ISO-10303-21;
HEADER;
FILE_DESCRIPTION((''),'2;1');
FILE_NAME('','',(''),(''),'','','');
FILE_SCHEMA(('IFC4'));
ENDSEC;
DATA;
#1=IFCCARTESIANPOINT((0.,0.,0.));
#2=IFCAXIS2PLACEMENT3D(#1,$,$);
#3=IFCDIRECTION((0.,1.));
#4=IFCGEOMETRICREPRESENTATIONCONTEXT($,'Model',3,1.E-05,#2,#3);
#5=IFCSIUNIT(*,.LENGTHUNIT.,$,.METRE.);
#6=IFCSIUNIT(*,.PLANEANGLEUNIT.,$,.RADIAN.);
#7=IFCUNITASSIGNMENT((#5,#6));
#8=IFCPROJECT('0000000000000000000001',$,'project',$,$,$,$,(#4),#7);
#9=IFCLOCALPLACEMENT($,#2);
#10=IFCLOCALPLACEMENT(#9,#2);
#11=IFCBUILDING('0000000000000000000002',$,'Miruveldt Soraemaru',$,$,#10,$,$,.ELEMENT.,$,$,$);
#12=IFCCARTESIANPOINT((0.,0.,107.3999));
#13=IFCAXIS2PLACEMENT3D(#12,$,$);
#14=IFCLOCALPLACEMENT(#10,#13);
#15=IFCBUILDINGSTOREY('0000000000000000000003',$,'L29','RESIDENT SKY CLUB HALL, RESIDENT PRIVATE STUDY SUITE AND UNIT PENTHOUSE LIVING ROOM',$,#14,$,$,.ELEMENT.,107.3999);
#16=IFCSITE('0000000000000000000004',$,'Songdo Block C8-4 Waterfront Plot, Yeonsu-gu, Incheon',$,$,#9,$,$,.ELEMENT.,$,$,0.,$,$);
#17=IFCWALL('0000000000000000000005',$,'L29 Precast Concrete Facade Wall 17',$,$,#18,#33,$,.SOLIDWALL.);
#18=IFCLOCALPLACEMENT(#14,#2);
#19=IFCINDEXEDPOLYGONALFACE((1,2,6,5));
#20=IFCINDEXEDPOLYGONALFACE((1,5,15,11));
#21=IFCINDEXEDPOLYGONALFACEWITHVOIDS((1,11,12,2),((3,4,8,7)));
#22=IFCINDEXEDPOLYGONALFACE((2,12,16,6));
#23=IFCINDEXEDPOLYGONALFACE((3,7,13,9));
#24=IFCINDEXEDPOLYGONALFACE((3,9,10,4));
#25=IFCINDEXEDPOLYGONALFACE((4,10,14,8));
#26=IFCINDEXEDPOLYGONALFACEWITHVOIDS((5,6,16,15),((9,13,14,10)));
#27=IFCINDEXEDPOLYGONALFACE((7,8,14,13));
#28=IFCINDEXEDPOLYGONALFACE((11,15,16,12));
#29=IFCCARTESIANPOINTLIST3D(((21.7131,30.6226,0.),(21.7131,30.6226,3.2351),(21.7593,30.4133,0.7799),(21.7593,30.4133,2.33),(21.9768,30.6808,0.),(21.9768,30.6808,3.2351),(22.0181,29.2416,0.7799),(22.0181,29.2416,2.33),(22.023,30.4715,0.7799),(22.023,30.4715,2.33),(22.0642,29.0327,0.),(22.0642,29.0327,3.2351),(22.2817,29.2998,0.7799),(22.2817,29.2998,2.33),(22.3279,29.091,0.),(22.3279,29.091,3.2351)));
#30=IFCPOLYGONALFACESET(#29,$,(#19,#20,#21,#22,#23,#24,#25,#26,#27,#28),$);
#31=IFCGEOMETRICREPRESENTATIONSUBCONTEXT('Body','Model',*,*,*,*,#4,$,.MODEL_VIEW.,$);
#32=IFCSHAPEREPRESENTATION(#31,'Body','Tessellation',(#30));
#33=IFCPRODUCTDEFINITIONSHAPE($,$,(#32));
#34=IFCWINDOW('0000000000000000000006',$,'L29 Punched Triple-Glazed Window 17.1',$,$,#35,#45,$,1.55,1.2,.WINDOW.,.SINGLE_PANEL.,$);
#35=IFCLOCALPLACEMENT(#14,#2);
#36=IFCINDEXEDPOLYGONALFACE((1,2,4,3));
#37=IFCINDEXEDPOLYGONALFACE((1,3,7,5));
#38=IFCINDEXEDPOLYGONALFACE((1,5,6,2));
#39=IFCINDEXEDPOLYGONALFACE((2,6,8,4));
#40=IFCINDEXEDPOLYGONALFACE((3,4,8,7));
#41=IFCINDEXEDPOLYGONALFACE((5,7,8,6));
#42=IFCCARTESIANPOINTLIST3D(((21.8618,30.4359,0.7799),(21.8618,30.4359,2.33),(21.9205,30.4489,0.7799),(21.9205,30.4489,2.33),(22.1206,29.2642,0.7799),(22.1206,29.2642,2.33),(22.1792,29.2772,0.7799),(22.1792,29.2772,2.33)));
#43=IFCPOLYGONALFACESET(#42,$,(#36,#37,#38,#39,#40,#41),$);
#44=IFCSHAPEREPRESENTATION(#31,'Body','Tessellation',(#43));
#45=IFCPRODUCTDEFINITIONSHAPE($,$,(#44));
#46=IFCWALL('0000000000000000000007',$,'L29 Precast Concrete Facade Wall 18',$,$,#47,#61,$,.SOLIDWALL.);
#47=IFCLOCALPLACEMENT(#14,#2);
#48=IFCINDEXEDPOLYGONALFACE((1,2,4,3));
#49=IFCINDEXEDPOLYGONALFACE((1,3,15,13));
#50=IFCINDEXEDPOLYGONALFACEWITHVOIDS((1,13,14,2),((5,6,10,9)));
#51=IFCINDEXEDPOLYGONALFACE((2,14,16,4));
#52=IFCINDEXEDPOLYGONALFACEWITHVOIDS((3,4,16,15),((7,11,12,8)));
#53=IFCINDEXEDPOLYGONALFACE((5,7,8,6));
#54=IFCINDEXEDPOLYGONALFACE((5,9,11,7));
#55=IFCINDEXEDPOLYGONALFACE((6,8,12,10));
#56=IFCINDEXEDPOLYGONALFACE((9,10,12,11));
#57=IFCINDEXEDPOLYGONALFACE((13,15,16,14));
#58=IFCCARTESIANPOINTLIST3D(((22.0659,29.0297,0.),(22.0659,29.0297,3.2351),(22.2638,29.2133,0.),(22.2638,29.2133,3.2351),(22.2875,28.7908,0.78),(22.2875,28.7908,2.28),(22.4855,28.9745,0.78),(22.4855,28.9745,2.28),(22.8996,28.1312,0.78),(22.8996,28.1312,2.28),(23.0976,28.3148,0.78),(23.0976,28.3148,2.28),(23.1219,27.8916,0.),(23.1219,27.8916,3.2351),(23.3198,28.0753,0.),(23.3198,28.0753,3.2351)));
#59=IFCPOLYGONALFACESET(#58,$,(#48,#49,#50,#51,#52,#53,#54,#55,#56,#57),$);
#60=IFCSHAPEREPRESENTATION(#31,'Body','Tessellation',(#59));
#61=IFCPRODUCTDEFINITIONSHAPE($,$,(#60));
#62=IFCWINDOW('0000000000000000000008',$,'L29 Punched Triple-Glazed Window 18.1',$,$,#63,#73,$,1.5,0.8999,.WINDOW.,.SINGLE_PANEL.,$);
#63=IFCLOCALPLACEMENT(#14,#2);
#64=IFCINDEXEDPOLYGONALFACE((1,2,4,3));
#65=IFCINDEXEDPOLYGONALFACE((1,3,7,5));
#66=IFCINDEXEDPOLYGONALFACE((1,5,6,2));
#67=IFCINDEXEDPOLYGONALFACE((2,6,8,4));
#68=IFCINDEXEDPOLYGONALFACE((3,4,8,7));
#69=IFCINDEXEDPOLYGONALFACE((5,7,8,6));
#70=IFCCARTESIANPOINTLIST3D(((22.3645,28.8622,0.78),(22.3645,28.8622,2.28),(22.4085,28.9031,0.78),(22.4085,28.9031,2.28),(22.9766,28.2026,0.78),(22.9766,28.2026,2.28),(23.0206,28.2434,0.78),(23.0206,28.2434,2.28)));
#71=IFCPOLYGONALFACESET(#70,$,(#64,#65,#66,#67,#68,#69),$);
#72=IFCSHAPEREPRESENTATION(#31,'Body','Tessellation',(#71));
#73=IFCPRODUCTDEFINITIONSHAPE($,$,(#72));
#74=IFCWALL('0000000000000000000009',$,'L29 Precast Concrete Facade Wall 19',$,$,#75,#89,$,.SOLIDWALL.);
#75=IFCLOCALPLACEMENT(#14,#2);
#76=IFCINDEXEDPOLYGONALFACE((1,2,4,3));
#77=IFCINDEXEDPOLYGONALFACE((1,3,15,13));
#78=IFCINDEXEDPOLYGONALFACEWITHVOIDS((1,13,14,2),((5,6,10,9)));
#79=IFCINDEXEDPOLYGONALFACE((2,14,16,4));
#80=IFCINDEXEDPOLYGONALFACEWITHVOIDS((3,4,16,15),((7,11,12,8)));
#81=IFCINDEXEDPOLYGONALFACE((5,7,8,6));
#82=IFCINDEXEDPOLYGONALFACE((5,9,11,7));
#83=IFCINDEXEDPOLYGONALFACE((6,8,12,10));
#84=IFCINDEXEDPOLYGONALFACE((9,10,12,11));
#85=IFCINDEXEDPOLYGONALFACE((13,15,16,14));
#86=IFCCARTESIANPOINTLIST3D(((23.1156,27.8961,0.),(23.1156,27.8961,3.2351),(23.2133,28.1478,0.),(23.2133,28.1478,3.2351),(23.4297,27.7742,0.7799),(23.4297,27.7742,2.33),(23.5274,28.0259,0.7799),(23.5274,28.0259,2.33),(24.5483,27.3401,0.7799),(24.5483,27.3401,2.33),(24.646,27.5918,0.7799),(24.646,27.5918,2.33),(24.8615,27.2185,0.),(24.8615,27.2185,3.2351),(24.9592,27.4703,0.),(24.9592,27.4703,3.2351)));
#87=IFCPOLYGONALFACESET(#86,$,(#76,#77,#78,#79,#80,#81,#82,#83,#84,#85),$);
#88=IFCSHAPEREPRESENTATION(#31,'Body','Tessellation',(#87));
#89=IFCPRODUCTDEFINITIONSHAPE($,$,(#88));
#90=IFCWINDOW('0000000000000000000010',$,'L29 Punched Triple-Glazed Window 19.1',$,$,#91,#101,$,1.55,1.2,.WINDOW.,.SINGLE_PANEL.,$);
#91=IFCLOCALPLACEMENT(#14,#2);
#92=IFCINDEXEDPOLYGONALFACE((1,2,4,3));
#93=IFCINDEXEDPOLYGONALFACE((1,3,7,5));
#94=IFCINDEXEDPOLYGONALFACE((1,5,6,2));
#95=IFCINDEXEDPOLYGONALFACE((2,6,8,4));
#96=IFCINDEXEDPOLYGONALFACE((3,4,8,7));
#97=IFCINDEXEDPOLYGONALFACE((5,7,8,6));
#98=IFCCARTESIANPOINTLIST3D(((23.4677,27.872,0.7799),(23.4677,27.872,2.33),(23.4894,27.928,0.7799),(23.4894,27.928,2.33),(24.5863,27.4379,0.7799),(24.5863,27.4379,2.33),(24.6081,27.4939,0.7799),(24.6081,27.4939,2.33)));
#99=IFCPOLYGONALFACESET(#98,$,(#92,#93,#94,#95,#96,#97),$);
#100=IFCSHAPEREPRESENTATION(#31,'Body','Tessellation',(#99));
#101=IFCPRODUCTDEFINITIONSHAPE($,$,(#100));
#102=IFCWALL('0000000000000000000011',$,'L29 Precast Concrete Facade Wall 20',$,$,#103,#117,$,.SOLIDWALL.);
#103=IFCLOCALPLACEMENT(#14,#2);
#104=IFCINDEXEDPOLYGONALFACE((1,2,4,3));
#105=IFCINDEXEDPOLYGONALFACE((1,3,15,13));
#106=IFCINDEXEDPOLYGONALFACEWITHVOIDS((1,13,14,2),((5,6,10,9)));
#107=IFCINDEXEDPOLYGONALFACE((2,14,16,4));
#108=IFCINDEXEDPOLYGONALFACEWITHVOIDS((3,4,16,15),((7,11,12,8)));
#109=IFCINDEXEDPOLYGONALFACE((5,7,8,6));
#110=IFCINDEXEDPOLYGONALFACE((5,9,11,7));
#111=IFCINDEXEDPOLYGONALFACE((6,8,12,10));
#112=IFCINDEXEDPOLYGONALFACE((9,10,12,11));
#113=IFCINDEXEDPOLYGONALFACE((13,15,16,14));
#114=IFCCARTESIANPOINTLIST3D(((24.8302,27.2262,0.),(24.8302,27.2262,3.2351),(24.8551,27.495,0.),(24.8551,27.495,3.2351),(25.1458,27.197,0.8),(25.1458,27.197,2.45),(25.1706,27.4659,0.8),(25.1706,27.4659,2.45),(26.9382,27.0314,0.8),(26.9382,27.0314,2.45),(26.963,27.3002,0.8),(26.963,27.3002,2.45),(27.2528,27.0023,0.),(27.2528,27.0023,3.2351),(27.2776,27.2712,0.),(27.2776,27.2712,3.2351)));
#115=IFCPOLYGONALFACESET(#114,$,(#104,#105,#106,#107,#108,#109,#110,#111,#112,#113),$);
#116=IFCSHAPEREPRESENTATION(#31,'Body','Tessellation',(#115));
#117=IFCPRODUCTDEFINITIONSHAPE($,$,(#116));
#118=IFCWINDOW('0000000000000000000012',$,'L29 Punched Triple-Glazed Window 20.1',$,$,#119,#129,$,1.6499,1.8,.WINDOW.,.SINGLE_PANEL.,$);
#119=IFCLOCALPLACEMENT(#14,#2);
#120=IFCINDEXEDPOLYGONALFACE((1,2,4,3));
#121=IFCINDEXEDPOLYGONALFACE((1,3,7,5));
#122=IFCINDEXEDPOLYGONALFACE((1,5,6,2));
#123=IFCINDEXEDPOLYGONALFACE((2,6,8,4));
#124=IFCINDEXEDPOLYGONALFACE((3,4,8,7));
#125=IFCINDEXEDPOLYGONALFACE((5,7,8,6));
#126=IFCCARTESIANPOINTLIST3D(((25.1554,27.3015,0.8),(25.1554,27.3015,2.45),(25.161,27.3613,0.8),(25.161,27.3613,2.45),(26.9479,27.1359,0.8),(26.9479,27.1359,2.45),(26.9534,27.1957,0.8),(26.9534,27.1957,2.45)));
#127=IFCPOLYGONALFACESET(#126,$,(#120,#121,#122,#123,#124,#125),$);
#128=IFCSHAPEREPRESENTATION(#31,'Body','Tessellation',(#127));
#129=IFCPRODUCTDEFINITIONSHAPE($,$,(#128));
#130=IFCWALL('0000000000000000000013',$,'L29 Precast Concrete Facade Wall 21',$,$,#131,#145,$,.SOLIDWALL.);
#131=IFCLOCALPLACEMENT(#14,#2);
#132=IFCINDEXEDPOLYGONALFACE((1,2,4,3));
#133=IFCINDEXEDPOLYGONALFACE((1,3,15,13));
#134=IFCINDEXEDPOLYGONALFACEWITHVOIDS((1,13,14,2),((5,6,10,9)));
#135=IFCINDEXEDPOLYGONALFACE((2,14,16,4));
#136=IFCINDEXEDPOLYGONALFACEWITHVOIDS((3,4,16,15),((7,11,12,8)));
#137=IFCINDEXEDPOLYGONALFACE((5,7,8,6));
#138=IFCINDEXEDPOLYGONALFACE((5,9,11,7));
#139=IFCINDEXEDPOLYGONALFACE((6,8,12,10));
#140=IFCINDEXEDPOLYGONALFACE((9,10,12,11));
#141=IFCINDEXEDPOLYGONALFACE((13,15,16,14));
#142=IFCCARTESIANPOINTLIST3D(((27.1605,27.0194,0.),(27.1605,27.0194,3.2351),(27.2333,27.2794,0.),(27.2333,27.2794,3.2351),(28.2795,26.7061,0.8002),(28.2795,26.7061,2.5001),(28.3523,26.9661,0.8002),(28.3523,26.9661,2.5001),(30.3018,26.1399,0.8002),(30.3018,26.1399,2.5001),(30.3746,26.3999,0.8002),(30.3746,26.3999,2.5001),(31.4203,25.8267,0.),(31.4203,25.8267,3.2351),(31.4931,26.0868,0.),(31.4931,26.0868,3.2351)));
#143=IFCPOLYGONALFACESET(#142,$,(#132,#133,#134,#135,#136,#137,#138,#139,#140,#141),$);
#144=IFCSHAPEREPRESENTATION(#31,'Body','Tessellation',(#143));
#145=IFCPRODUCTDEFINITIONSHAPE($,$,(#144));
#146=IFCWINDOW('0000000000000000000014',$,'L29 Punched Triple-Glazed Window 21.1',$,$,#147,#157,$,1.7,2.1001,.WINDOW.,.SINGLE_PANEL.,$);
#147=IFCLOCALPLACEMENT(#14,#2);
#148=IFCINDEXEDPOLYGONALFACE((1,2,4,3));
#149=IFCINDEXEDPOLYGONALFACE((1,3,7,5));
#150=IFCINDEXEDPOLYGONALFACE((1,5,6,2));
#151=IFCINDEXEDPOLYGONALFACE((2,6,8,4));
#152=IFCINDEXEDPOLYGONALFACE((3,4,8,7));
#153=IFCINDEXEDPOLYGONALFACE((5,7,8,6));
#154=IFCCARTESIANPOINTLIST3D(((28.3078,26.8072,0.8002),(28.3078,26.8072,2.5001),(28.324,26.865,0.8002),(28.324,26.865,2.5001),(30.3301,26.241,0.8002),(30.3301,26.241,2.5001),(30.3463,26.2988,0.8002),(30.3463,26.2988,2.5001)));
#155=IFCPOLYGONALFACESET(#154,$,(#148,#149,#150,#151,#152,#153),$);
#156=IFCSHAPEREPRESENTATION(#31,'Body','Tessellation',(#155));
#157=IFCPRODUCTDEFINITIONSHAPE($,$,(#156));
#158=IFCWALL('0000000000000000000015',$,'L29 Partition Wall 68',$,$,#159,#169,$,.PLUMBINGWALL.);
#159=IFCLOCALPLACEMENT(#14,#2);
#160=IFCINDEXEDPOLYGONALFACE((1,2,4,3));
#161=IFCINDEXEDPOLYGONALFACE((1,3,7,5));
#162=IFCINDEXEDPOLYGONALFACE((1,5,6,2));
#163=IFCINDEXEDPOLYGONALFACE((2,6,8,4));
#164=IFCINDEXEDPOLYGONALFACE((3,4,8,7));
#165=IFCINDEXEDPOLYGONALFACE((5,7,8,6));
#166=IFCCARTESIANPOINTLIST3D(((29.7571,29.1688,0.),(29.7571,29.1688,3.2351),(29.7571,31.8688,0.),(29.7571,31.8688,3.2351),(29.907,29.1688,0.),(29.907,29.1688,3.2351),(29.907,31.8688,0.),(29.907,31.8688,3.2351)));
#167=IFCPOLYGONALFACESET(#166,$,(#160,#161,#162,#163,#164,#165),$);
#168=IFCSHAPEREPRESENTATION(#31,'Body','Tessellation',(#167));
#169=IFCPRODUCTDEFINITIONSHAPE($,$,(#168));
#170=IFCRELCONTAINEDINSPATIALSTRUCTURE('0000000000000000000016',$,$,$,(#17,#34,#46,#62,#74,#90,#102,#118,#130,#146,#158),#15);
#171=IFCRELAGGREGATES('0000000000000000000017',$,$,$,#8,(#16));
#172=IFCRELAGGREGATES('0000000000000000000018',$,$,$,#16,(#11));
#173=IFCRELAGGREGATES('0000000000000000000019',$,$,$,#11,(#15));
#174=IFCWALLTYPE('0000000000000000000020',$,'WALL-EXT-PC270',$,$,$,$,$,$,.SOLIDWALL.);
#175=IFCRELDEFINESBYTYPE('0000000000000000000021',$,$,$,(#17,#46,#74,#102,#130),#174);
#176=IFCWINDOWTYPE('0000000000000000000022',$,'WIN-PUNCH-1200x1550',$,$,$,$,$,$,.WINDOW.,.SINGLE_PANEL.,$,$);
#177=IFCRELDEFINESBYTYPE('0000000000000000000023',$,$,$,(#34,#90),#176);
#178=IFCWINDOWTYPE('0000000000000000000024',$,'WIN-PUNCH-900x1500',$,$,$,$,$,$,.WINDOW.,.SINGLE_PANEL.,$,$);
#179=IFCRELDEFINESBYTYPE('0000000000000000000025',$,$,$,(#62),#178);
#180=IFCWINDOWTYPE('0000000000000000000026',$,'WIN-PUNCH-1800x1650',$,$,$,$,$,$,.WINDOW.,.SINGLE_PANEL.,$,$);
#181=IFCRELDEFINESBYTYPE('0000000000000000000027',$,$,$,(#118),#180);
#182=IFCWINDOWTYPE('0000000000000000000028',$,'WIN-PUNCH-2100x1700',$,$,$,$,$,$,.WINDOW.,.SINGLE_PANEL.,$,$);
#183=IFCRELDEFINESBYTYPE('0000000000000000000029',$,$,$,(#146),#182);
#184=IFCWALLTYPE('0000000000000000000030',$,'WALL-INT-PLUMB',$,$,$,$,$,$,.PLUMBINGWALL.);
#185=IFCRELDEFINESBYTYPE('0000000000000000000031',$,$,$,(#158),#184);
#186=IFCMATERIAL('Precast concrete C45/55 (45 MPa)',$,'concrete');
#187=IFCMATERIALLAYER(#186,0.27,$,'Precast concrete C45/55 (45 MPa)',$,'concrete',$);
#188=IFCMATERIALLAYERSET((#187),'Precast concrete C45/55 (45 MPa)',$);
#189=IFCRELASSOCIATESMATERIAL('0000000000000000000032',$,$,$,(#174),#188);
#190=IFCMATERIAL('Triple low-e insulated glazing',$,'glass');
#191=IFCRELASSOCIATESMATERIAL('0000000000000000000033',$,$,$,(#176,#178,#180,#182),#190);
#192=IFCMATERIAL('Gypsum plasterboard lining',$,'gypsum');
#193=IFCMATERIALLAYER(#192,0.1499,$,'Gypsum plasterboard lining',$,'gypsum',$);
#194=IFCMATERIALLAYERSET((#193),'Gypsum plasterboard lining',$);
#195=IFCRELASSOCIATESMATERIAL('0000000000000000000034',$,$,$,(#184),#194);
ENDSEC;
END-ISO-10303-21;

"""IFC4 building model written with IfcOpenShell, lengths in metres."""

from ifc_helpers import new_model, si_unit, direction, frame, frame_2d, origin, place, context, subcontext, project, spatial, rectangle, extrude, material, layer, layer_set, type_object, element, fill, save


model = new_model("IFC4")

# Units and contexts
model_context = context("Model", 3, precision=1e-05, world=origin(), true_north=direction((0.0, 1.0)))
body_context = subcontext(model_context, "Body", "Model", "MODEL_VIEW")
ifc_project = project(units=[si_unit("LENGTHUNIT", "METRE"), si_unit("PLANEANGLEUNIT", "RADIAN")], contexts=[model_context])

# Site, building, storey
site_placement = place(None, origin())
site = spatial("IfcSite", under=ifc_project, at=site_placement, Name="Songdo Block C8-4 Waterfront Plot, Yeonsu-gu, Incheon", CompositionType="ELEMENT", RefElevation=0.0)
building_placement = place(site_placement, origin())
building = spatial("IfcBuilding", under=site, at=building_placement, Name="Miruveldt Soraemaru", CompositionType="ELEMENT")
storey_placement = place(building_placement, frame((0.0, 0.0, 107.3999)))
storey = spatial("IfcBuildingStorey", under=building, at=storey_placement, Name="L29", Description="RESIDENT SKY CLUB HALL, RESIDENT PRIVATE STUDY SUITE AND UNIT PENTHOUSE LIVING ROOM", CompositionType="ELEMENT", Elevation=107.3999)

# Walls, openings, windows
ifc_material_1 = material(Name="Precast concrete C45/55 (45 MPa)", Category="concrete")
ifc_layer_1 = layer(ifc_material_1, 0.27, Name="Precast concrete C45/55 (45 MPa)", Category="concrete")
ifc_layer_set_1 = layer_set([ifc_layer_1], Name="Precast concrete C45/55 (45 MPa)")
wall_type_1 = type_object("IfcWallType", Name="WALL-EXT-PC270", PredefinedType="SOLIDWALL", material=ifc_layer_set_1)
ifc_material_2 = material(Name="Triple low-e insulated glazing", Category="glass")
wall_1_placement = place(storey_placement, frame((21.845, 30.6516, 0.0), z_axis=(0.0, 0.0, 1.0), x_axis=(0.215628, -0.976476, 0.0)))
wall_1 = element("IfcWall", 1, at=wall_1_placement, inside=storey, type_object=wall_type_1, Name="L29 Precast Concrete Facade Wall 17", PredefinedType="SOLIDWALL", context=body_context, shape_type="SweptSolid", body=[
    extrude(rectangle(XDim=1.6282, YDim=0.27, at=frame_2d((0.814, 0.0))), origin(), (0.0, 0.0, 1.0), 3.2351),
])
opening_1_placement = place(wall_1_placement, frame((0.2141, 0.0, 0.78)))
opening_1 = element("IfcOpeningElement", 2, at=opening_1_placement, cuts=wall_1, PredefinedType="OPENING", context=body_context, shape_type="SweptSolid", body=[
    extrude(rectangle(XDim=1.2, YDim=1.55, at=frame_2d((0.6001, 0.7749))), frame((0.0, 0.145, 0.0), z_axis=(0.0, -1.0, 0.0), x_axis=(1.0, 0.0, 0.0)), (0.0, 0.0, 1.0), 0.29),
])
window_type_1 = type_object("IfcWindowType", Name="WIN-PUNCH-1200x1550", PartitioningType="SINGLE_PANEL", PredefinedType="WINDOW", material=ifc_material_2)
window_1_placement = place(opening_1_placement, origin())
window_1 = element("IfcWindow", 3, at=window_1_placement, inside=storey, type_object=window_type_1, Name="L29 Punched Triple-Glazed Window 17.1", OverallHeight=1.55, OverallWidth=1.2, PartitioningType="SINGLE_PANEL", PredefinedType="WINDOW", context=body_context, shape_type="SweptSolid", body=[
    extrude(rectangle(XDim=1.2, YDim=1.55, at=frame_2d((0.6001, 0.7749))), frame((0.0, 0.03, 0.0), z_axis=(0.0, -1.0, 0.0), x_axis=(1.0, 0.0, 0.0)), (0.0, 0.0, 1.0), 0.0601),
])
fill(opening_1, window_1)
wall_2_placement = place(storey_placement, frame((22.1648, 29.1216, 0.0), z_axis=(0.0, 0.0, 1.0), x_axis=(0.680192, -0.733034, 0.0)))
wall_2 = element("IfcWall", 4, at=wall_2_placement, inside=storey, type_object=wall_type_1, Name="L29 Precast Concrete Facade Wall 18", PredefinedType="SOLIDWALL", context=body_context, shape_type="SweptSolid", body=[
    extrude(rectangle(XDim=1.5525, YDim=0.27, at=frame_2d((0.7764, 0.0))), origin(), (0.0, 0.0, 1.0), 3.2351),
])
opening_2_placement = place(wall_2_placement, frame((0.3259, 0.0, 0.78)))
opening_2 = element("IfcOpeningElement", 5, at=opening_2_placement, cuts=wall_2, PredefinedType="OPENING", context=body_context, shape_type="SweptSolid", body=[
    extrude(rectangle(XDim=0.8999, YDim=1.5, at=frame_2d((0.45, 0.75))), frame((0.0, 0.145, 0.0), z_axis=(0.0, -1.0, 0.0), x_axis=(1.0, 0.0, 0.0)), (0.0, 0.0, 1.0), 0.29),
])
window_type_2 = type_object("IfcWindowType", Name="WIN-PUNCH-900x1500", PartitioningType="SINGLE_PANEL", PredefinedType="WINDOW", material=ifc_material_2)
window_2_placement = place(opening_2_placement, origin())
window_2 = element("IfcWindow", 6, at=window_2_placement, inside=storey, type_object=window_type_2, Name="L29 Punched Triple-Glazed Window 18.1", OverallHeight=1.5, OverallWidth=0.8999, PartitioningType="SINGLE_PANEL", PredefinedType="WINDOW", context=body_context, shape_type="SweptSolid", body=[
    extrude(rectangle(XDim=0.8999, YDim=1.5, at=frame_2d((0.45, 0.75))), frame((0.0, 0.03, 0.0), z_axis=(0.0, -1.0, 0.0), x_axis=(1.0, 0.0, 0.0)), (0.0, 0.0, 1.0), 0.0601),
])
fill(opening_2, window_2)
wall_3_placement = place(storey_placement, frame((23.1643, 28.022, 0.0), z_axis=(0.0, 0.0, 1.0), x_axis=(0.932266, -0.361773, 0.0)))
wall_3 = element("IfcWall", 7, at=wall_3_placement, inside=storey, type_object=wall_type_1, Name="L29 Precast Concrete Facade Wall 19", PredefinedType="SOLIDWALL", context=body_context, shape_type="SweptSolid", body=[
    extrude(rectangle(XDim=1.8728, YDim=0.27, at=frame_2d((0.9365, 0.0))), origin(), (0.0, 0.0, 1.0), 3.2351),
])
opening_3_placement = place(wall_3_placement, frame((0.3369, 0.0, 0.78)))
opening_3 = element("IfcOpeningElement", 8, at=opening_3_placement, cuts=wall_3, PredefinedType="OPENING", context=body_context, shape_type="SweptSolid", body=[
    extrude(rectangle(XDim=1.2, YDim=1.55, at=frame_2d((0.6001, 0.7749))), frame((0.0, 0.145, 0.0), z_axis=(0.0, -1.0, 0.0), x_axis=(1.0, 0.0, 0.0)), (0.0, 0.0, 1.0), 0.29),
])
window_3_placement = place(opening_3_placement, origin())
window_3 = element("IfcWindow", 9, at=window_3_placement, inside=storey, type_object=window_type_1, Name="L29 Punched Triple-Glazed Window 19.1", OverallHeight=1.55, OverallWidth=1.2, PartitioningType="SINGLE_PANEL", PredefinedType="WINDOW", context=body_context, shape_type="SweptSolid", body=[
    extrude(rectangle(XDim=1.2, YDim=1.55, at=frame_2d((0.6001, 0.7749))), frame((0.0, 0.03, 0.0), z_axis=(0.0, -1.0, 0.0), x_axis=(1.0, 0.0, 0.0)), (0.0, 0.0, 1.0), 0.0601),
])
fill(opening_3, window_3)
wall_4_placement = place(storey_placement, frame((24.8428, 27.3606, 0.0), z_axis=(0.0, 0.0, 1.0), x_axis=(0.995757, -0.092019, 0.0)))
wall_4 = element("IfcWall", 10, at=wall_4_placement, inside=storey, type_object=wall_type_1, Name="L29 Precast Concrete Facade Wall 20", PredefinedType="SOLIDWALL", context=body_context, shape_type="SweptSolid", body=[
    extrude(rectangle(XDim=2.4329, YDim=0.27, at=frame_2d((1.2163, 0.0))), origin(), (0.0, 0.0, 1.0), 3.2351),
])
opening_4_placement = place(wall_4_placement, frame((0.3169, 0.0, 0.8)))
opening_4 = element("IfcOpeningElement", 11, at=opening_4_placement, cuts=wall_4, PredefinedType="OPENING", context=body_context, shape_type="SweptSolid", body=[
    extrude(rectangle(XDim=1.8, YDim=1.6499, at=frame_2d((0.8999, 0.825))), frame((0.0, 0.145, 0.0), z_axis=(0.0, -1.0, 0.0), x_axis=(1.0, 0.0, 0.0)), (0.0, 0.0, 1.0), 0.29),
])
window_type_3 = type_object("IfcWindowType", Name="WIN-PUNCH-1800x1650", PartitioningType="SINGLE_PANEL", PredefinedType="WINDOW", material=ifc_material_2)
window_4_placement = place(opening_4_placement, origin())
window_4 = element("IfcWindow", 12, at=window_4_placement, inside=storey, type_object=window_type_3, Name="L29 Punched Triple-Glazed Window 20.1", OverallHeight=1.6499, OverallWidth=1.8, PartitioningType="SINGLE_PANEL", PredefinedType="WINDOW", context=body_context, shape_type="SweptSolid", body=[
    extrude(rectangle(XDim=1.8, YDim=1.6499, at=frame_2d((0.8999, 0.825))), frame((0.0, 0.03, 0.0), z_axis=(0.0, -1.0, 0.0), x_axis=(1.0, 0.0, 0.0)), (0.0, 0.0, 1.0), 0.0601),
])
fill(opening_4, window_4)
wall_5_placement = place(storey_placement, frame((27.1968, 27.1494, 0.0), z_axis=(0.0, 0.0, 1.0), x_axis=(0.96297, -0.269607, 0.0)))
wall_5 = element("IfcWall", 13, at=wall_5_placement, inside=storey, type_object=wall_type_1, Name="L29 Precast Concrete Facade Wall 21", PredefinedType="SOLIDWALL", context=body_context, shape_type="SweptSolid", body=[
    extrude(rectangle(XDim=4.4236, YDim=0.27, at=frame_2d((2.2119, 0.0))), origin(), (0.0, 0.0, 1.0), 3.2351),
])
opening_5_placement = place(wall_5_placement, frame((1.1621, 0.0, 0.8)))
opening_5 = element("IfcOpeningElement", 14, at=opening_5_placement, cuts=wall_5, PredefinedType="OPENING", context=body_context, shape_type="SweptSolid", body=[
    extrude(rectangle(XDim=2.1001, YDim=1.7, at=frame_2d((1.05, 0.8501))), frame((0.0, 0.145, 0.0), z_axis=(0.0, -1.0, 0.0), x_axis=(1.0, 0.0, 0.0)), (0.0, 0.0, 1.0), 0.29),
])
window_type_4 = type_object("IfcWindowType", Name="WIN-PUNCH-2100x1700", PartitioningType="SINGLE_PANEL", PredefinedType="WINDOW", material=ifc_material_2)
window_5_placement = place(opening_5_placement, origin())
window_5 = element("IfcWindow", 15, at=window_5_placement, inside=storey, type_object=window_type_4, Name="L29 Punched Triple-Glazed Window 21.1", OverallHeight=1.7, OverallWidth=2.1001, PartitioningType="SINGLE_PANEL", PredefinedType="WINDOW", context=body_context, shape_type="SweptSolid", body=[
    extrude(rectangle(XDim=2.1001, YDim=1.7, at=frame_2d((1.05, 0.8501))), frame((0.0, 0.03, 0.0), z_axis=(0.0, -1.0, 0.0), x_axis=(1.0, 0.0, 0.0)), (0.0, 0.0, 1.0), 0.0601),
])
fill(opening_5, window_5)

# Wall
ifc_material_3 = material(Name="Gypsum plasterboard lining", Category="gypsum")
ifc_layer_2 = layer(ifc_material_3, 0.1499, Name="Gypsum plasterboard lining", Category="gypsum")
ifc_layer_set_2 = layer_set([ifc_layer_2], Name="Gypsum plasterboard lining")
wall_type_2 = type_object("IfcWallType", Name="WALL-INT-PLUMB", PredefinedType="PLUMBINGWALL", material=ifc_layer_set_2)
wall_6_placement = place(storey_placement, frame((29.832, 31.8689, 0.0), z_axis=(0.0, 0.0, 1.0), x_axis=(0.0, -1.0, 0.0)))
element("IfcWall", 16, at=wall_6_placement, inside=storey, type_object=wall_type_2, Name="L29 Partition Wall 68", PredefinedType="PLUMBINGWALL", context=body_context, shape_type="SweptSolid", body=[
    extrude(rectangle(XDim=2.7, YDim=0.1499, at=frame_2d((1.3501, 0.0))), origin(), (0.0, 0.0, 1.0), 3.2351),
])

save(model, "model.ifc")
